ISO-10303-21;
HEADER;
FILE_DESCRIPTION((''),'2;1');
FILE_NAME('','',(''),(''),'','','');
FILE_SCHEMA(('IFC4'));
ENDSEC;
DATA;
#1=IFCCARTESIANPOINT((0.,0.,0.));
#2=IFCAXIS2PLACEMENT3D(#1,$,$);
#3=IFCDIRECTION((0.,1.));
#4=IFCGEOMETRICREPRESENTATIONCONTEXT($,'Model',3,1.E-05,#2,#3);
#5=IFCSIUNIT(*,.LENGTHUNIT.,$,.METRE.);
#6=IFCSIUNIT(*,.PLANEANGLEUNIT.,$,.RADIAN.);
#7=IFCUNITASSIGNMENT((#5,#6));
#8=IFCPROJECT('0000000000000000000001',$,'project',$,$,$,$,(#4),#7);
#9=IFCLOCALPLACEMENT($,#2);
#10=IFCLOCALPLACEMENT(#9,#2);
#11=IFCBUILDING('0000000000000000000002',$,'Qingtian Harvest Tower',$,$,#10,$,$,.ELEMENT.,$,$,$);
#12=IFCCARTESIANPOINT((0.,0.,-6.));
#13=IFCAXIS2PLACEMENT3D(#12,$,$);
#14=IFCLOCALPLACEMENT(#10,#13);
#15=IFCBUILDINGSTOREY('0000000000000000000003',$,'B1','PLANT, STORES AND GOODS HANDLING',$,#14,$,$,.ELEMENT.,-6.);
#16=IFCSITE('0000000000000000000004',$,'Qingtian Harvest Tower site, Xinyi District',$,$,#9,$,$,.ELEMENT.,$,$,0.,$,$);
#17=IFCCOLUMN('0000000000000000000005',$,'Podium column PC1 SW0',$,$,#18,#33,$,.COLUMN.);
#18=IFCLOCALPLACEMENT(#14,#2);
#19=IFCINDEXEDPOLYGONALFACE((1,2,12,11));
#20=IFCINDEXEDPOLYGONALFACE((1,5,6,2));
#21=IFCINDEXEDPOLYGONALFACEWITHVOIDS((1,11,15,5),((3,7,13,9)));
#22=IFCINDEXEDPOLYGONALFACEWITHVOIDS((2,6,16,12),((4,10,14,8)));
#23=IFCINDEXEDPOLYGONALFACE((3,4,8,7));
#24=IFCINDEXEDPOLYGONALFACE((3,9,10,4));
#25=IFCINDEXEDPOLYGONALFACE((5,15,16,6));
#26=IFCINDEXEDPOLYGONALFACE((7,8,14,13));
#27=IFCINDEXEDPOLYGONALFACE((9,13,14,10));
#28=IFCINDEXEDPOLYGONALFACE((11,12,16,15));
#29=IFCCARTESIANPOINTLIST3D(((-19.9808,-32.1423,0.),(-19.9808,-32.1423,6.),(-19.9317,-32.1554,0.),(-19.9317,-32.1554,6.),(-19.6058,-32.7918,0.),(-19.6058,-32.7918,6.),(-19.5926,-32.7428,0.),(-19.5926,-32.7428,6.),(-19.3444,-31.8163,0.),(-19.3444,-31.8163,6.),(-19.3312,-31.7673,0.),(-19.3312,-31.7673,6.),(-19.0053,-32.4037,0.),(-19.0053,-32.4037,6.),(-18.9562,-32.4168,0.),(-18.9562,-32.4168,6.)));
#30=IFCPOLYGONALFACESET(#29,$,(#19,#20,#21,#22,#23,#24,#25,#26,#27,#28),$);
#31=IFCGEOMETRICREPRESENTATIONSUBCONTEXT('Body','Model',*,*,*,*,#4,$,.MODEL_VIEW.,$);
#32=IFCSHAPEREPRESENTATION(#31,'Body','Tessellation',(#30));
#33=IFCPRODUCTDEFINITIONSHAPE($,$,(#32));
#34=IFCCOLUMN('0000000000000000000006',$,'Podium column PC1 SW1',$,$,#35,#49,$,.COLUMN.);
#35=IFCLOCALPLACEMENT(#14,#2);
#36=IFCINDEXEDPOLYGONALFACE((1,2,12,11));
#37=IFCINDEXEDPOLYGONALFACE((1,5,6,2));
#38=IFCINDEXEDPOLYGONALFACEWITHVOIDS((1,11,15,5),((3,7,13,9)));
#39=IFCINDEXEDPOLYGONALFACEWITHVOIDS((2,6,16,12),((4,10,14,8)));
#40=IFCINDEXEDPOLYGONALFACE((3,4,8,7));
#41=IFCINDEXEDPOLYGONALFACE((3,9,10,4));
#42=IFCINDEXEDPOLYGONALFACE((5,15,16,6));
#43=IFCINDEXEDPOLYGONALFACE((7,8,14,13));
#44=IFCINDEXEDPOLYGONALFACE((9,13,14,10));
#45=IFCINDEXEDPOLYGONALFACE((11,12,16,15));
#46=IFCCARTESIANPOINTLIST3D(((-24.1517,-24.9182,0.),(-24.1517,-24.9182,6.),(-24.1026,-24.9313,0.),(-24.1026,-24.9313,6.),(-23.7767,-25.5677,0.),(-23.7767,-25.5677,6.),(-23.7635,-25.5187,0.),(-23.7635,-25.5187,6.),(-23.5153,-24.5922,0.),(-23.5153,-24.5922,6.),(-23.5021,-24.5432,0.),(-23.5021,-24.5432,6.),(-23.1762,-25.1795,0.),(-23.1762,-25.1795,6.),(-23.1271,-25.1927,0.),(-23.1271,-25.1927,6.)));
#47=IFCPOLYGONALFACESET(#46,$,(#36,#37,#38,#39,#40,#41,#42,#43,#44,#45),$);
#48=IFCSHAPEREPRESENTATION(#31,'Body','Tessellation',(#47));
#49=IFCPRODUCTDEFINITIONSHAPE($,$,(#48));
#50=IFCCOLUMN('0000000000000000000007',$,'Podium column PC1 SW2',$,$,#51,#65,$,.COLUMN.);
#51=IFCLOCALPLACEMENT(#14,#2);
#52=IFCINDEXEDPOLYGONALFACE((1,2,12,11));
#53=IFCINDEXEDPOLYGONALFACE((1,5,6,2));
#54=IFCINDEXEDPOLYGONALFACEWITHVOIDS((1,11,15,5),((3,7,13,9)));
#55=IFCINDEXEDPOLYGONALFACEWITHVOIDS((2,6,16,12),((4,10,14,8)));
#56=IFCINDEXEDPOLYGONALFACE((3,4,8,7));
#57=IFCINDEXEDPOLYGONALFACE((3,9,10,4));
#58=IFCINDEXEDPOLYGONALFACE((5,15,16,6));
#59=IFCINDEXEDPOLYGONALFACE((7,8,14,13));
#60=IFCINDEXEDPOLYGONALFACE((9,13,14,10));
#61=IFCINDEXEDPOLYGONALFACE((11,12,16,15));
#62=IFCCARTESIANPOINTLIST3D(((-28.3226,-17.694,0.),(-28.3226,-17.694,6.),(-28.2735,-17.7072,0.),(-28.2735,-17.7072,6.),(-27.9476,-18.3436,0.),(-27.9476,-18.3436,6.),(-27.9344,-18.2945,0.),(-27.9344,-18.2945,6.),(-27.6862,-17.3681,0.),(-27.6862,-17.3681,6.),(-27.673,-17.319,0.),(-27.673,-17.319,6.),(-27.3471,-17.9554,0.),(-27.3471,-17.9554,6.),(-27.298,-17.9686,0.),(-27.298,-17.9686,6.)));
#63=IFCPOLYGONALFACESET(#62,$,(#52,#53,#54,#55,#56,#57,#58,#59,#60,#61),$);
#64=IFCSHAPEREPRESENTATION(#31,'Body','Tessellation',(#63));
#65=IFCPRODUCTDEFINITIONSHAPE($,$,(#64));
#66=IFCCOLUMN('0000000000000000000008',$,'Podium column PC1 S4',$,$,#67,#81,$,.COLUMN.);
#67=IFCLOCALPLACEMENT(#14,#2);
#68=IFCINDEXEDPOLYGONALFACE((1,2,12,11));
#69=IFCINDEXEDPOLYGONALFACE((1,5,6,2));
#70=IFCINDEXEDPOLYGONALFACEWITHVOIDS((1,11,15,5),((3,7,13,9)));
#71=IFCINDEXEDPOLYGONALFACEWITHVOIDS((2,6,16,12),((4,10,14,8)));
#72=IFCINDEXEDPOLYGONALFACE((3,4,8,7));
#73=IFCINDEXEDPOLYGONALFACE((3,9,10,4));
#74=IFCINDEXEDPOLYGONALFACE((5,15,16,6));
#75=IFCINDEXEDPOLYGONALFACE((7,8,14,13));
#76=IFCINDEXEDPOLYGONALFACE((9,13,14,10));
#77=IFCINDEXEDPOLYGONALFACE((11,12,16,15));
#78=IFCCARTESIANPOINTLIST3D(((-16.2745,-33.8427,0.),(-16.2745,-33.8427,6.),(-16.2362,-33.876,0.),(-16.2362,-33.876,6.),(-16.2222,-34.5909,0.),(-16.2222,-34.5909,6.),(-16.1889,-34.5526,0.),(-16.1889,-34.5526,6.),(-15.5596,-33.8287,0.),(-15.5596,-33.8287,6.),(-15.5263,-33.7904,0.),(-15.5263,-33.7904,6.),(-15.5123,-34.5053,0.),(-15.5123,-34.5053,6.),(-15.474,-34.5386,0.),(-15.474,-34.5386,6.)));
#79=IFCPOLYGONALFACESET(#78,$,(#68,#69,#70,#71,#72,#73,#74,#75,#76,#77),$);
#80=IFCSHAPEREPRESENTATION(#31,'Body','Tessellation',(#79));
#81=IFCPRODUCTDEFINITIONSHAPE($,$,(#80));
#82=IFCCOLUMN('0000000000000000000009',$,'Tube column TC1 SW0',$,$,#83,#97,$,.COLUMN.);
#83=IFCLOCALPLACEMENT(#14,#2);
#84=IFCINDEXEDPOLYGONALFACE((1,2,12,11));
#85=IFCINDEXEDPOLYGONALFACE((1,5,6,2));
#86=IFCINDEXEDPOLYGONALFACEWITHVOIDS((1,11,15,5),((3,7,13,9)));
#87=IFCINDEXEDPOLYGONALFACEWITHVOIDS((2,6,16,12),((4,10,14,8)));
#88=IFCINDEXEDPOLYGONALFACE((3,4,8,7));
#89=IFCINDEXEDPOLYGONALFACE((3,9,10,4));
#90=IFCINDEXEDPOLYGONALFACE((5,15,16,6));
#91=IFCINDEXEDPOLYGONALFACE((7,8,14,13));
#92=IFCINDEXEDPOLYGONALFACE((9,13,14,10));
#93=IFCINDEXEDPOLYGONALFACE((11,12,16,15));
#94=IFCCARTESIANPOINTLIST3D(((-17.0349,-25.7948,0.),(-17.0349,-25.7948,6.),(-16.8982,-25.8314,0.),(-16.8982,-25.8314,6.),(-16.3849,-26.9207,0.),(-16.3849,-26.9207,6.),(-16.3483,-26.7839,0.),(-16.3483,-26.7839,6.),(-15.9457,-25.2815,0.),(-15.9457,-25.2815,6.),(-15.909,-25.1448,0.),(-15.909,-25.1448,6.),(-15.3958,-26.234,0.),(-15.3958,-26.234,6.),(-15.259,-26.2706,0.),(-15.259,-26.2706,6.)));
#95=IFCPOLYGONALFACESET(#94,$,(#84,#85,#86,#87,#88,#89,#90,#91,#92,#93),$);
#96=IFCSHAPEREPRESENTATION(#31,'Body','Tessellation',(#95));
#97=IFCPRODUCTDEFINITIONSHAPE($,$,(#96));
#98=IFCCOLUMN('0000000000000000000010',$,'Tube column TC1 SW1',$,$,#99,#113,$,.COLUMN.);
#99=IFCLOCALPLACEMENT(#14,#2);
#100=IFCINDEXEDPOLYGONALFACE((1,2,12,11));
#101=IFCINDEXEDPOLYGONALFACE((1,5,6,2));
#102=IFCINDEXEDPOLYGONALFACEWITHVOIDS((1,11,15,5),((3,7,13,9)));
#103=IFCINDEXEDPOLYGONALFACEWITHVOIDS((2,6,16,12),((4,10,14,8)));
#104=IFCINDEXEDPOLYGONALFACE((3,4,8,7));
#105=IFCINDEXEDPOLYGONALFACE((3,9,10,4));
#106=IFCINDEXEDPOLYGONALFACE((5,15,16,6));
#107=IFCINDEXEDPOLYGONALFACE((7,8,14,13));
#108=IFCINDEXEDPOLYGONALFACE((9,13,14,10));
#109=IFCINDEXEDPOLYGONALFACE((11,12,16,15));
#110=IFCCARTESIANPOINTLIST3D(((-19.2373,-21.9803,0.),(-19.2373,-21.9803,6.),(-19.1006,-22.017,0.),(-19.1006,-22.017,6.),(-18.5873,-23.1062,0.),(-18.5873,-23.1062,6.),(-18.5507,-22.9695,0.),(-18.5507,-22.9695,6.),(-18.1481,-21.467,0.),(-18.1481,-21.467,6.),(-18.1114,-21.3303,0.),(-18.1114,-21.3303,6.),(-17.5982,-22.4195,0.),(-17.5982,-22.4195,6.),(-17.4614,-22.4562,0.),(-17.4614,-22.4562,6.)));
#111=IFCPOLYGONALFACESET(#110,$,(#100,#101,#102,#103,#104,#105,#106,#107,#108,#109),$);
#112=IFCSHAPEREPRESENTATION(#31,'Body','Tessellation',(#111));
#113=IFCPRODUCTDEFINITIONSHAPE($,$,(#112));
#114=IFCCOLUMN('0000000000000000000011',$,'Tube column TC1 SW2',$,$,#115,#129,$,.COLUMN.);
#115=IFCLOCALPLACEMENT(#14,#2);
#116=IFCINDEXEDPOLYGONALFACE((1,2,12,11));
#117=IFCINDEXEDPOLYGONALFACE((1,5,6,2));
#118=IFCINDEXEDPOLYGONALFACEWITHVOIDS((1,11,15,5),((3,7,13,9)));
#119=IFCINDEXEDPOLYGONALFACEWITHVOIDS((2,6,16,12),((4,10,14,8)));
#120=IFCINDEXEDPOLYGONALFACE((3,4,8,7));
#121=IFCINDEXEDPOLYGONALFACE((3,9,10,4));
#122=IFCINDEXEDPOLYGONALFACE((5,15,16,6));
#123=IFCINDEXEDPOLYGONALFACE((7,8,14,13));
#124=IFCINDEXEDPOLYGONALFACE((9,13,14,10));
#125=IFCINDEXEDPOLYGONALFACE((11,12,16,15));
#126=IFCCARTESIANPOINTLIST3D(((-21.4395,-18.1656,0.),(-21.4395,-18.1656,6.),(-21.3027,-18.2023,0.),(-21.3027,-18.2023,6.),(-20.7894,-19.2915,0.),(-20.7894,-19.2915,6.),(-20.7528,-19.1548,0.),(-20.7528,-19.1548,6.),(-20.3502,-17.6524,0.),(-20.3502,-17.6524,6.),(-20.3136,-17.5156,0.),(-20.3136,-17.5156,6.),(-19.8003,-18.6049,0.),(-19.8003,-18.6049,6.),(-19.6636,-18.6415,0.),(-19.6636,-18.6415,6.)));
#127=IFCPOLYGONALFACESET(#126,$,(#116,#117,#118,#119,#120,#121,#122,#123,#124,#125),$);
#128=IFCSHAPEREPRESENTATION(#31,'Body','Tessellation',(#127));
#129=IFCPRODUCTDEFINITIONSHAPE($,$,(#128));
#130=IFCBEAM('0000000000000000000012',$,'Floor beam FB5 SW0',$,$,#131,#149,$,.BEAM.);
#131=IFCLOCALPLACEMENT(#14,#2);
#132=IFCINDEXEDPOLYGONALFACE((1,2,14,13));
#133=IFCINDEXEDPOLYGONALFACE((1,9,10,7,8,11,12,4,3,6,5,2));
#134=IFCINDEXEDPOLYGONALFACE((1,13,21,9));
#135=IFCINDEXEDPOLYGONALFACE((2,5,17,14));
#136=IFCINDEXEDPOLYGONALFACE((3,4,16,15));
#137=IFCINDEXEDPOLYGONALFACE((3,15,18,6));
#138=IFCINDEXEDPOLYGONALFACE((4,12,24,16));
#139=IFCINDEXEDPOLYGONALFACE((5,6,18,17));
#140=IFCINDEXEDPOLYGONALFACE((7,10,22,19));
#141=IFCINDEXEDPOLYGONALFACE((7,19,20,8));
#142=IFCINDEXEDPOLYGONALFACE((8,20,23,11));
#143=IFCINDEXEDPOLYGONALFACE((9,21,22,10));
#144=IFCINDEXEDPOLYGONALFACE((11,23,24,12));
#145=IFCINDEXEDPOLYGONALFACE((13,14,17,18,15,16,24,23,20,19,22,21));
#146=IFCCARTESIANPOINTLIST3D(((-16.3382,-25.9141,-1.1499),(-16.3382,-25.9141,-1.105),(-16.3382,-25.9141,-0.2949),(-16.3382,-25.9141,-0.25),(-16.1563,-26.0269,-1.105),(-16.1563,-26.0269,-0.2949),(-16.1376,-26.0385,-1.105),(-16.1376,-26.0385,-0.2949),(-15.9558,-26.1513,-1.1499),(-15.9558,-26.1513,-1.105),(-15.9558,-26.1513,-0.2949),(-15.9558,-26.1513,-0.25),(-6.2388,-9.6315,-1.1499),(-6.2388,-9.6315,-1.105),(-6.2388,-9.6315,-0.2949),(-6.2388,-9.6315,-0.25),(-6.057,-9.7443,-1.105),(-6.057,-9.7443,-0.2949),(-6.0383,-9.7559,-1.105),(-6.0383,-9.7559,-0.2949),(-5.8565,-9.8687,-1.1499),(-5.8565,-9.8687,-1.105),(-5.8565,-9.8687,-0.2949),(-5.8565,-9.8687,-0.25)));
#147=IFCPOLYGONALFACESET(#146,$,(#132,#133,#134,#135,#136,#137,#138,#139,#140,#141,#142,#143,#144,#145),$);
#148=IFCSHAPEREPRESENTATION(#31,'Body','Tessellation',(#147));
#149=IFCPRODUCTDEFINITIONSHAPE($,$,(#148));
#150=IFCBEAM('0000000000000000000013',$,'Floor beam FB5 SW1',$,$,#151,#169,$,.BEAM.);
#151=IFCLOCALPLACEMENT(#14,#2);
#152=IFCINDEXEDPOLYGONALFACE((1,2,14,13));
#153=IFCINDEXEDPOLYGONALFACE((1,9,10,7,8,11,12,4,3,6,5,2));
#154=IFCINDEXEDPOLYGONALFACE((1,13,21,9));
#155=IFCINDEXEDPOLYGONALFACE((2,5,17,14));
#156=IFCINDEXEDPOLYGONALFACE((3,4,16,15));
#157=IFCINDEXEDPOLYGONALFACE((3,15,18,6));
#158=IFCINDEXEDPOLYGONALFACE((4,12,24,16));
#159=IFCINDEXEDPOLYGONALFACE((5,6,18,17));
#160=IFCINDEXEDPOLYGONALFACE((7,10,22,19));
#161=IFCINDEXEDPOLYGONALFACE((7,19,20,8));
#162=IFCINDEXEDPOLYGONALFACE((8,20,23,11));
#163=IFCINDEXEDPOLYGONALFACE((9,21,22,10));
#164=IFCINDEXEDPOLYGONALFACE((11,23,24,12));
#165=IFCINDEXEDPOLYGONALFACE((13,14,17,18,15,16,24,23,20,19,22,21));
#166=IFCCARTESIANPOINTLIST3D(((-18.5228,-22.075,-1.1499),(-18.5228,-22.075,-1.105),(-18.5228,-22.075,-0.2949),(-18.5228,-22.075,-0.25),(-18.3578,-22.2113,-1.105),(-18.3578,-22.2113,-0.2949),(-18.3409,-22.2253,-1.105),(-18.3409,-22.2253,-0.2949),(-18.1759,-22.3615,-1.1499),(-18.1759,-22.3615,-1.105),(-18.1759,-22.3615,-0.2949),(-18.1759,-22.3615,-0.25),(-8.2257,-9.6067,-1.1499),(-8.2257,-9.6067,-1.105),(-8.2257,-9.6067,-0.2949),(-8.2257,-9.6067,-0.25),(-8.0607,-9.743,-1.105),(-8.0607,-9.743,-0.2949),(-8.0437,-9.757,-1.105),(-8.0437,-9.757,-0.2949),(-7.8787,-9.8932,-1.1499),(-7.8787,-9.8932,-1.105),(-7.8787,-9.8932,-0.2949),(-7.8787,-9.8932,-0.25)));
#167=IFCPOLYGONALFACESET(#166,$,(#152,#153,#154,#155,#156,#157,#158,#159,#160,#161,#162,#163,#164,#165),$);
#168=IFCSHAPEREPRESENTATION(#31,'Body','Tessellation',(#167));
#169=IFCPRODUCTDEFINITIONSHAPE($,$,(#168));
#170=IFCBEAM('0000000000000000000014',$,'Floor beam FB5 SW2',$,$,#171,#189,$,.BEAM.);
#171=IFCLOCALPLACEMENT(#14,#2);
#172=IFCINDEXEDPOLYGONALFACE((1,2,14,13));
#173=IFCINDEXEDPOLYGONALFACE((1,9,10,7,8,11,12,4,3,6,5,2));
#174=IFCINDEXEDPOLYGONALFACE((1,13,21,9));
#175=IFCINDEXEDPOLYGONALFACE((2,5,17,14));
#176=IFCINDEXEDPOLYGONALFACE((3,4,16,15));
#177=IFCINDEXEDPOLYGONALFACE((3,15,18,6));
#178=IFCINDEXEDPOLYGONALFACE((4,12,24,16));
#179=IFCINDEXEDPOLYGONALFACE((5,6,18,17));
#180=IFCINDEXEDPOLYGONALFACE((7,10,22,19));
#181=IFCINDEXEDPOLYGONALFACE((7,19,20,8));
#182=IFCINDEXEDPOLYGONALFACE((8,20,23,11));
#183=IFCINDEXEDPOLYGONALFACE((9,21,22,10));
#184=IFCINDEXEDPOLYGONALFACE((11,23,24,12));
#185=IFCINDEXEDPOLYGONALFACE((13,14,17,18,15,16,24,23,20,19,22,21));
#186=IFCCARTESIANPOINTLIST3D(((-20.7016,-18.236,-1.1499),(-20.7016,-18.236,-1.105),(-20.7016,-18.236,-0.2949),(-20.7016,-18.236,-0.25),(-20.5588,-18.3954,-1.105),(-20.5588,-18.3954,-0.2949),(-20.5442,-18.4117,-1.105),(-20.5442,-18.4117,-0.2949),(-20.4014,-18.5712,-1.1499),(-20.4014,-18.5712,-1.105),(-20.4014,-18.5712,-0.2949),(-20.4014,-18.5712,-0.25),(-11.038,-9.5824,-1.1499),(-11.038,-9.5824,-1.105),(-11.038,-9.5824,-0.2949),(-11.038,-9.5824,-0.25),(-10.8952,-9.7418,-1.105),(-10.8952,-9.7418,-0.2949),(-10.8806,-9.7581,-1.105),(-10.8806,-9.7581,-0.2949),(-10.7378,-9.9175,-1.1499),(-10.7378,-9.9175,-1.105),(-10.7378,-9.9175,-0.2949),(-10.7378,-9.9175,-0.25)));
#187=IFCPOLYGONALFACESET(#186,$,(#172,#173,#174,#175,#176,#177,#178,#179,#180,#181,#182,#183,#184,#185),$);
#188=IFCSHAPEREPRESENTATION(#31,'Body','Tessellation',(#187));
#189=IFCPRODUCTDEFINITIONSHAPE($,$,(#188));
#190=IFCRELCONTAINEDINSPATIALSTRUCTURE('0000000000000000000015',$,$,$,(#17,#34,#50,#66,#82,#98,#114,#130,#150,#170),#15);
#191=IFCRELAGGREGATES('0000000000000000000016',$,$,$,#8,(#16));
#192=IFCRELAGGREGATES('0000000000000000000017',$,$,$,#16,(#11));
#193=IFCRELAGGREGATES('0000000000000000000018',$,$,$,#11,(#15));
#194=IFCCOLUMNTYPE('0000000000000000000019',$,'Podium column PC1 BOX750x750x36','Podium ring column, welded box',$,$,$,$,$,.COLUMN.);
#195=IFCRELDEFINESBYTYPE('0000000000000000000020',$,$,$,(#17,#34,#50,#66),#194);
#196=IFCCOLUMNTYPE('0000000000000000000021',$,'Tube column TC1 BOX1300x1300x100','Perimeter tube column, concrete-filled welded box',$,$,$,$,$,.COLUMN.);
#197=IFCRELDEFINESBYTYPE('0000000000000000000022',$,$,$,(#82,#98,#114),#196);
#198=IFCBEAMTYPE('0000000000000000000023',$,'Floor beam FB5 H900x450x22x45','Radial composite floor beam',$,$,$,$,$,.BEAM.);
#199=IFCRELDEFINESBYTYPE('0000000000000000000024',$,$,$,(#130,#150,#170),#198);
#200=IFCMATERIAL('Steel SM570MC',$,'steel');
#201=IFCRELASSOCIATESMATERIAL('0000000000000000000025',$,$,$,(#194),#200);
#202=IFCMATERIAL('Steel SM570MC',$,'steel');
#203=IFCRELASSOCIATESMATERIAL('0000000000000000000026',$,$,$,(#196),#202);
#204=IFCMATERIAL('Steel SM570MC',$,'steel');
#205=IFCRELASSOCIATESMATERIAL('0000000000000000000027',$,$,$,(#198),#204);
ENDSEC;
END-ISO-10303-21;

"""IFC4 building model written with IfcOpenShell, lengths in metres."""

from ifc_helpers import new_model, si_unit, direction, frame, origin, origin_2d, place, context, subcontext, project, spatial, hollow_rectangle, i_section, extrude, material, material_profile, profile_set, type_object, element, save


model = new_model("IFC4")

# Units and contexts
model_context = context("Model", 3, precision=1e-05, world=origin(), true_north=direction((0.0, 1.0)))
body_context = subcontext(model_context, "Body", "Model", "MODEL_VIEW")
ifc_project = project(units=[si_unit("LENGTHUNIT", "METRE"), si_unit("PLANEANGLEUNIT", "RADIAN")], contexts=[model_context])

# Site, building, storey
site_placement = place(None, origin())
site = spatial("IfcSite", under=ifc_project, at=site_placement, Name="Qingtian Harvest Tower site, Xinyi District", CompositionType="ELEMENT", RefElevation=0.0)
building_placement = place(site_placement, origin())
building = spatial("IfcBuilding", under=site, at=building_placement, Name="Qingtian Harvest Tower", CompositionType="ELEMENT")
storey_placement = place(building_placement, frame((0.0, 0.0, -6.0)))
storey = spatial("IfcBuildingStorey", under=building, at=storey_placement, Name="B1", Description="PLANT, STORES AND GOODS HANDLING", CompositionType="ELEMENT", Elevation=-6.0)

# Columns
ifc_material_1 = material(Name="Steel SM570MC", Category="steel")
ifc_material_profile_1 = material_profile(ifc_material_1, hollow_rectangle(XDim=0.75, YDim=0.75, WallThickness=0.0359, at=origin_2d()), Name="BOX750x750x36")
ifc_profile_set_1 = profile_set([ifc_material_profile_1], Name="Steel SM570MC")
column_type_1 = type_object("IfcColumnType", Name="Podium column PC1 BOX750x750x36", Description="Podium ring column, welded box", PredefinedType="COLUMN", material=ifc_profile_set_1)
for number, where, z_axis, x_axis, name in (
    (1, (-19.4685, -32.2795, 0.0), (0.0, 0.0, 1.0), (0.5, -0.866025, 0.0), "Podium column PC1 SW0"),
    (2, (-23.6394, -25.0554, 0.0), (0.0, 0.0, 1.0), (0.5, -0.866025, 0.0), "Podium column PC1 SW1"),
    (3, (-27.8103, -17.8313, 0.0), (0.0, 0.0, 1.0), (0.5, -0.866025, 0.0), "Podium column PC1 SW2"),
    (4, (-15.8743, -34.1907, 0.0), (0.0, 0.0, 1.0), (0.997564, 0.069756, 0.0), "Podium column PC1 S4"),
):
    element("IfcColumn", number, at=place(storey_placement, frame(where, z_axis=z_axis, x_axis=x_axis)), inside=storey, type_object=column_type_1, Name=name, PredefinedType="COLUMN", context=body_context, shape_type="SweptSolid", body=[
        extrude(hollow_rectangle(XDim=0.75, YDim=0.75, WallThickness=0.0359, at=origin_2d()), origin(), (0.0, 0.0, 1.0), 6.0),
    ])
ifc_material_2 = material(Name="Steel SM570MC", Category="steel")
ifc_material_profile_2 = material_profile(ifc_material_2, hollow_rectangle(XDim=1.3, YDim=1.3, WallThickness=0.1001, at=origin_2d()), Name="BOX1300x1300x100")
ifc_profile_set_2 = profile_set([ifc_material_profile_2], Name="Steel SM570MC")
column_type_2 = type_object("IfcColumnType", Name="Tube column TC1 BOX1300x1300x100", Description="Perimeter tube column, concrete-filled welded box", PredefinedType="COLUMN", material=ifc_profile_set_2)
for number, where, z_axis, x_axis, name in (
    (5, (-16.147, -26.0327, 0.0), (0.0, 0.0, 1.0), (0.5, -0.866025, 0.0), "Tube column TC1 SW0"),
    (6, (-18.3494, -22.2183, 0.0), (0.0, 0.0, 1.0), (0.5, -0.866025, 0.0), "Tube column TC1 SW1"),
    (7, (-20.5515, -18.4036, 0.0), (0.0, 0.0, 1.0), (0.5, -0.866025, 0.0), "Tube column TC1 SW2"),
):
    element("IfcColumn", number, at=place(storey_placement, frame(where, z_axis=z_axis, x_axis=x_axis)), inside=storey, type_object=column_type_2, Name=name, PredefinedType="COLUMN", context=body_context, shape_type="SweptSolid", body=[
        extrude(hollow_rectangle(XDim=1.3, YDim=1.3, WallThickness=0.1001, at=origin_2d()), origin(), (0.0, 0.0, 1.0), 6.0),
    ])

# Beams
ifc_material_3 = material(Name="Steel SM570MC", Category="steel")
ifc_material_profile_3 = material_profile(ifc_material_3, i_section(OverallWidth=0.45, OverallDepth=0.8999, WebThickness=0.022, FlangeThickness=0.0449, at=origin_2d()), Name="H900x450x22x45")
ifc_profile_set_3 = profile_set([ifc_material_profile_3], Name="Steel SM570MC")
beam_type_1 = type_object("IfcBeamType", Name="Floor beam FB5 H900x450x22x45", Description="Radial composite floor beam", PredefinedType="BEAM", material=ifc_profile_set_3)
beam_1_placement = place(storey_placement, frame((-16.147, -26.0327, -0.7), z_axis=(0.527094, 0.849807, 0.0), x_axis=(-0.849807, 0.527094, 0.0)))
element("IfcBeam", 8, at=beam_1_placement, inside=storey, type_object=beam_type_1, Name="Floor beam FB5 SW0", PredefinedType="BEAM", context=body_context, shape_type="SweptSolid", body=[
    extrude(i_section(OverallWidth=0.45, OverallDepth=0.8999, WebThickness=0.022, FlangeThickness=0.0449, at=origin_2d()), origin(), (0.0, 0.0, 1.0), 19.1604),
])
beam_2_placement = place(storey_placement, frame((-18.3494, -22.2183, -0.7), z_axis=(0.63678, 0.771045, 0.0), x_axis=(-0.771045, 0.63678, 0.0)))
element("IfcBeam", 9, at=beam_2_placement, inside=storey, type_object=beam_type_1, Name="Floor beam FB5 SW1", PredefinedType="BEAM", context=body_context, shape_type="SweptSolid", body=[
    extrude(i_section(OverallWidth=0.45, OverallDepth=0.8999, WebThickness=0.022, FlangeThickness=0.0449, at=origin_2d()), origin(), (0.0, 0.0, 1.0), 16.1707),
])
beam_3_placement = place(storey_placement, frame((-20.5515, -18.4036, -0.7), z_axis=(0.744965, 0.667103, 0.0), x_axis=(-0.667103, 0.744965, 0.0)))
element("IfcBeam", 10, at=beam_3_placement, inside=storey, type_object=beam_type_1, Name="Floor beam FB5 SW2", PredefinedType="BEAM", context=body_context, shape_type="SweptSolid", body=[
    extrude(i_section(OverallWidth=0.45, OverallDepth=0.8999, WebThickness=0.022, FlangeThickness=0.0449, at=origin_2d()), origin(), (0.0, 0.0, 1.0), 12.9719),
])

save(model, "model.ifc")
